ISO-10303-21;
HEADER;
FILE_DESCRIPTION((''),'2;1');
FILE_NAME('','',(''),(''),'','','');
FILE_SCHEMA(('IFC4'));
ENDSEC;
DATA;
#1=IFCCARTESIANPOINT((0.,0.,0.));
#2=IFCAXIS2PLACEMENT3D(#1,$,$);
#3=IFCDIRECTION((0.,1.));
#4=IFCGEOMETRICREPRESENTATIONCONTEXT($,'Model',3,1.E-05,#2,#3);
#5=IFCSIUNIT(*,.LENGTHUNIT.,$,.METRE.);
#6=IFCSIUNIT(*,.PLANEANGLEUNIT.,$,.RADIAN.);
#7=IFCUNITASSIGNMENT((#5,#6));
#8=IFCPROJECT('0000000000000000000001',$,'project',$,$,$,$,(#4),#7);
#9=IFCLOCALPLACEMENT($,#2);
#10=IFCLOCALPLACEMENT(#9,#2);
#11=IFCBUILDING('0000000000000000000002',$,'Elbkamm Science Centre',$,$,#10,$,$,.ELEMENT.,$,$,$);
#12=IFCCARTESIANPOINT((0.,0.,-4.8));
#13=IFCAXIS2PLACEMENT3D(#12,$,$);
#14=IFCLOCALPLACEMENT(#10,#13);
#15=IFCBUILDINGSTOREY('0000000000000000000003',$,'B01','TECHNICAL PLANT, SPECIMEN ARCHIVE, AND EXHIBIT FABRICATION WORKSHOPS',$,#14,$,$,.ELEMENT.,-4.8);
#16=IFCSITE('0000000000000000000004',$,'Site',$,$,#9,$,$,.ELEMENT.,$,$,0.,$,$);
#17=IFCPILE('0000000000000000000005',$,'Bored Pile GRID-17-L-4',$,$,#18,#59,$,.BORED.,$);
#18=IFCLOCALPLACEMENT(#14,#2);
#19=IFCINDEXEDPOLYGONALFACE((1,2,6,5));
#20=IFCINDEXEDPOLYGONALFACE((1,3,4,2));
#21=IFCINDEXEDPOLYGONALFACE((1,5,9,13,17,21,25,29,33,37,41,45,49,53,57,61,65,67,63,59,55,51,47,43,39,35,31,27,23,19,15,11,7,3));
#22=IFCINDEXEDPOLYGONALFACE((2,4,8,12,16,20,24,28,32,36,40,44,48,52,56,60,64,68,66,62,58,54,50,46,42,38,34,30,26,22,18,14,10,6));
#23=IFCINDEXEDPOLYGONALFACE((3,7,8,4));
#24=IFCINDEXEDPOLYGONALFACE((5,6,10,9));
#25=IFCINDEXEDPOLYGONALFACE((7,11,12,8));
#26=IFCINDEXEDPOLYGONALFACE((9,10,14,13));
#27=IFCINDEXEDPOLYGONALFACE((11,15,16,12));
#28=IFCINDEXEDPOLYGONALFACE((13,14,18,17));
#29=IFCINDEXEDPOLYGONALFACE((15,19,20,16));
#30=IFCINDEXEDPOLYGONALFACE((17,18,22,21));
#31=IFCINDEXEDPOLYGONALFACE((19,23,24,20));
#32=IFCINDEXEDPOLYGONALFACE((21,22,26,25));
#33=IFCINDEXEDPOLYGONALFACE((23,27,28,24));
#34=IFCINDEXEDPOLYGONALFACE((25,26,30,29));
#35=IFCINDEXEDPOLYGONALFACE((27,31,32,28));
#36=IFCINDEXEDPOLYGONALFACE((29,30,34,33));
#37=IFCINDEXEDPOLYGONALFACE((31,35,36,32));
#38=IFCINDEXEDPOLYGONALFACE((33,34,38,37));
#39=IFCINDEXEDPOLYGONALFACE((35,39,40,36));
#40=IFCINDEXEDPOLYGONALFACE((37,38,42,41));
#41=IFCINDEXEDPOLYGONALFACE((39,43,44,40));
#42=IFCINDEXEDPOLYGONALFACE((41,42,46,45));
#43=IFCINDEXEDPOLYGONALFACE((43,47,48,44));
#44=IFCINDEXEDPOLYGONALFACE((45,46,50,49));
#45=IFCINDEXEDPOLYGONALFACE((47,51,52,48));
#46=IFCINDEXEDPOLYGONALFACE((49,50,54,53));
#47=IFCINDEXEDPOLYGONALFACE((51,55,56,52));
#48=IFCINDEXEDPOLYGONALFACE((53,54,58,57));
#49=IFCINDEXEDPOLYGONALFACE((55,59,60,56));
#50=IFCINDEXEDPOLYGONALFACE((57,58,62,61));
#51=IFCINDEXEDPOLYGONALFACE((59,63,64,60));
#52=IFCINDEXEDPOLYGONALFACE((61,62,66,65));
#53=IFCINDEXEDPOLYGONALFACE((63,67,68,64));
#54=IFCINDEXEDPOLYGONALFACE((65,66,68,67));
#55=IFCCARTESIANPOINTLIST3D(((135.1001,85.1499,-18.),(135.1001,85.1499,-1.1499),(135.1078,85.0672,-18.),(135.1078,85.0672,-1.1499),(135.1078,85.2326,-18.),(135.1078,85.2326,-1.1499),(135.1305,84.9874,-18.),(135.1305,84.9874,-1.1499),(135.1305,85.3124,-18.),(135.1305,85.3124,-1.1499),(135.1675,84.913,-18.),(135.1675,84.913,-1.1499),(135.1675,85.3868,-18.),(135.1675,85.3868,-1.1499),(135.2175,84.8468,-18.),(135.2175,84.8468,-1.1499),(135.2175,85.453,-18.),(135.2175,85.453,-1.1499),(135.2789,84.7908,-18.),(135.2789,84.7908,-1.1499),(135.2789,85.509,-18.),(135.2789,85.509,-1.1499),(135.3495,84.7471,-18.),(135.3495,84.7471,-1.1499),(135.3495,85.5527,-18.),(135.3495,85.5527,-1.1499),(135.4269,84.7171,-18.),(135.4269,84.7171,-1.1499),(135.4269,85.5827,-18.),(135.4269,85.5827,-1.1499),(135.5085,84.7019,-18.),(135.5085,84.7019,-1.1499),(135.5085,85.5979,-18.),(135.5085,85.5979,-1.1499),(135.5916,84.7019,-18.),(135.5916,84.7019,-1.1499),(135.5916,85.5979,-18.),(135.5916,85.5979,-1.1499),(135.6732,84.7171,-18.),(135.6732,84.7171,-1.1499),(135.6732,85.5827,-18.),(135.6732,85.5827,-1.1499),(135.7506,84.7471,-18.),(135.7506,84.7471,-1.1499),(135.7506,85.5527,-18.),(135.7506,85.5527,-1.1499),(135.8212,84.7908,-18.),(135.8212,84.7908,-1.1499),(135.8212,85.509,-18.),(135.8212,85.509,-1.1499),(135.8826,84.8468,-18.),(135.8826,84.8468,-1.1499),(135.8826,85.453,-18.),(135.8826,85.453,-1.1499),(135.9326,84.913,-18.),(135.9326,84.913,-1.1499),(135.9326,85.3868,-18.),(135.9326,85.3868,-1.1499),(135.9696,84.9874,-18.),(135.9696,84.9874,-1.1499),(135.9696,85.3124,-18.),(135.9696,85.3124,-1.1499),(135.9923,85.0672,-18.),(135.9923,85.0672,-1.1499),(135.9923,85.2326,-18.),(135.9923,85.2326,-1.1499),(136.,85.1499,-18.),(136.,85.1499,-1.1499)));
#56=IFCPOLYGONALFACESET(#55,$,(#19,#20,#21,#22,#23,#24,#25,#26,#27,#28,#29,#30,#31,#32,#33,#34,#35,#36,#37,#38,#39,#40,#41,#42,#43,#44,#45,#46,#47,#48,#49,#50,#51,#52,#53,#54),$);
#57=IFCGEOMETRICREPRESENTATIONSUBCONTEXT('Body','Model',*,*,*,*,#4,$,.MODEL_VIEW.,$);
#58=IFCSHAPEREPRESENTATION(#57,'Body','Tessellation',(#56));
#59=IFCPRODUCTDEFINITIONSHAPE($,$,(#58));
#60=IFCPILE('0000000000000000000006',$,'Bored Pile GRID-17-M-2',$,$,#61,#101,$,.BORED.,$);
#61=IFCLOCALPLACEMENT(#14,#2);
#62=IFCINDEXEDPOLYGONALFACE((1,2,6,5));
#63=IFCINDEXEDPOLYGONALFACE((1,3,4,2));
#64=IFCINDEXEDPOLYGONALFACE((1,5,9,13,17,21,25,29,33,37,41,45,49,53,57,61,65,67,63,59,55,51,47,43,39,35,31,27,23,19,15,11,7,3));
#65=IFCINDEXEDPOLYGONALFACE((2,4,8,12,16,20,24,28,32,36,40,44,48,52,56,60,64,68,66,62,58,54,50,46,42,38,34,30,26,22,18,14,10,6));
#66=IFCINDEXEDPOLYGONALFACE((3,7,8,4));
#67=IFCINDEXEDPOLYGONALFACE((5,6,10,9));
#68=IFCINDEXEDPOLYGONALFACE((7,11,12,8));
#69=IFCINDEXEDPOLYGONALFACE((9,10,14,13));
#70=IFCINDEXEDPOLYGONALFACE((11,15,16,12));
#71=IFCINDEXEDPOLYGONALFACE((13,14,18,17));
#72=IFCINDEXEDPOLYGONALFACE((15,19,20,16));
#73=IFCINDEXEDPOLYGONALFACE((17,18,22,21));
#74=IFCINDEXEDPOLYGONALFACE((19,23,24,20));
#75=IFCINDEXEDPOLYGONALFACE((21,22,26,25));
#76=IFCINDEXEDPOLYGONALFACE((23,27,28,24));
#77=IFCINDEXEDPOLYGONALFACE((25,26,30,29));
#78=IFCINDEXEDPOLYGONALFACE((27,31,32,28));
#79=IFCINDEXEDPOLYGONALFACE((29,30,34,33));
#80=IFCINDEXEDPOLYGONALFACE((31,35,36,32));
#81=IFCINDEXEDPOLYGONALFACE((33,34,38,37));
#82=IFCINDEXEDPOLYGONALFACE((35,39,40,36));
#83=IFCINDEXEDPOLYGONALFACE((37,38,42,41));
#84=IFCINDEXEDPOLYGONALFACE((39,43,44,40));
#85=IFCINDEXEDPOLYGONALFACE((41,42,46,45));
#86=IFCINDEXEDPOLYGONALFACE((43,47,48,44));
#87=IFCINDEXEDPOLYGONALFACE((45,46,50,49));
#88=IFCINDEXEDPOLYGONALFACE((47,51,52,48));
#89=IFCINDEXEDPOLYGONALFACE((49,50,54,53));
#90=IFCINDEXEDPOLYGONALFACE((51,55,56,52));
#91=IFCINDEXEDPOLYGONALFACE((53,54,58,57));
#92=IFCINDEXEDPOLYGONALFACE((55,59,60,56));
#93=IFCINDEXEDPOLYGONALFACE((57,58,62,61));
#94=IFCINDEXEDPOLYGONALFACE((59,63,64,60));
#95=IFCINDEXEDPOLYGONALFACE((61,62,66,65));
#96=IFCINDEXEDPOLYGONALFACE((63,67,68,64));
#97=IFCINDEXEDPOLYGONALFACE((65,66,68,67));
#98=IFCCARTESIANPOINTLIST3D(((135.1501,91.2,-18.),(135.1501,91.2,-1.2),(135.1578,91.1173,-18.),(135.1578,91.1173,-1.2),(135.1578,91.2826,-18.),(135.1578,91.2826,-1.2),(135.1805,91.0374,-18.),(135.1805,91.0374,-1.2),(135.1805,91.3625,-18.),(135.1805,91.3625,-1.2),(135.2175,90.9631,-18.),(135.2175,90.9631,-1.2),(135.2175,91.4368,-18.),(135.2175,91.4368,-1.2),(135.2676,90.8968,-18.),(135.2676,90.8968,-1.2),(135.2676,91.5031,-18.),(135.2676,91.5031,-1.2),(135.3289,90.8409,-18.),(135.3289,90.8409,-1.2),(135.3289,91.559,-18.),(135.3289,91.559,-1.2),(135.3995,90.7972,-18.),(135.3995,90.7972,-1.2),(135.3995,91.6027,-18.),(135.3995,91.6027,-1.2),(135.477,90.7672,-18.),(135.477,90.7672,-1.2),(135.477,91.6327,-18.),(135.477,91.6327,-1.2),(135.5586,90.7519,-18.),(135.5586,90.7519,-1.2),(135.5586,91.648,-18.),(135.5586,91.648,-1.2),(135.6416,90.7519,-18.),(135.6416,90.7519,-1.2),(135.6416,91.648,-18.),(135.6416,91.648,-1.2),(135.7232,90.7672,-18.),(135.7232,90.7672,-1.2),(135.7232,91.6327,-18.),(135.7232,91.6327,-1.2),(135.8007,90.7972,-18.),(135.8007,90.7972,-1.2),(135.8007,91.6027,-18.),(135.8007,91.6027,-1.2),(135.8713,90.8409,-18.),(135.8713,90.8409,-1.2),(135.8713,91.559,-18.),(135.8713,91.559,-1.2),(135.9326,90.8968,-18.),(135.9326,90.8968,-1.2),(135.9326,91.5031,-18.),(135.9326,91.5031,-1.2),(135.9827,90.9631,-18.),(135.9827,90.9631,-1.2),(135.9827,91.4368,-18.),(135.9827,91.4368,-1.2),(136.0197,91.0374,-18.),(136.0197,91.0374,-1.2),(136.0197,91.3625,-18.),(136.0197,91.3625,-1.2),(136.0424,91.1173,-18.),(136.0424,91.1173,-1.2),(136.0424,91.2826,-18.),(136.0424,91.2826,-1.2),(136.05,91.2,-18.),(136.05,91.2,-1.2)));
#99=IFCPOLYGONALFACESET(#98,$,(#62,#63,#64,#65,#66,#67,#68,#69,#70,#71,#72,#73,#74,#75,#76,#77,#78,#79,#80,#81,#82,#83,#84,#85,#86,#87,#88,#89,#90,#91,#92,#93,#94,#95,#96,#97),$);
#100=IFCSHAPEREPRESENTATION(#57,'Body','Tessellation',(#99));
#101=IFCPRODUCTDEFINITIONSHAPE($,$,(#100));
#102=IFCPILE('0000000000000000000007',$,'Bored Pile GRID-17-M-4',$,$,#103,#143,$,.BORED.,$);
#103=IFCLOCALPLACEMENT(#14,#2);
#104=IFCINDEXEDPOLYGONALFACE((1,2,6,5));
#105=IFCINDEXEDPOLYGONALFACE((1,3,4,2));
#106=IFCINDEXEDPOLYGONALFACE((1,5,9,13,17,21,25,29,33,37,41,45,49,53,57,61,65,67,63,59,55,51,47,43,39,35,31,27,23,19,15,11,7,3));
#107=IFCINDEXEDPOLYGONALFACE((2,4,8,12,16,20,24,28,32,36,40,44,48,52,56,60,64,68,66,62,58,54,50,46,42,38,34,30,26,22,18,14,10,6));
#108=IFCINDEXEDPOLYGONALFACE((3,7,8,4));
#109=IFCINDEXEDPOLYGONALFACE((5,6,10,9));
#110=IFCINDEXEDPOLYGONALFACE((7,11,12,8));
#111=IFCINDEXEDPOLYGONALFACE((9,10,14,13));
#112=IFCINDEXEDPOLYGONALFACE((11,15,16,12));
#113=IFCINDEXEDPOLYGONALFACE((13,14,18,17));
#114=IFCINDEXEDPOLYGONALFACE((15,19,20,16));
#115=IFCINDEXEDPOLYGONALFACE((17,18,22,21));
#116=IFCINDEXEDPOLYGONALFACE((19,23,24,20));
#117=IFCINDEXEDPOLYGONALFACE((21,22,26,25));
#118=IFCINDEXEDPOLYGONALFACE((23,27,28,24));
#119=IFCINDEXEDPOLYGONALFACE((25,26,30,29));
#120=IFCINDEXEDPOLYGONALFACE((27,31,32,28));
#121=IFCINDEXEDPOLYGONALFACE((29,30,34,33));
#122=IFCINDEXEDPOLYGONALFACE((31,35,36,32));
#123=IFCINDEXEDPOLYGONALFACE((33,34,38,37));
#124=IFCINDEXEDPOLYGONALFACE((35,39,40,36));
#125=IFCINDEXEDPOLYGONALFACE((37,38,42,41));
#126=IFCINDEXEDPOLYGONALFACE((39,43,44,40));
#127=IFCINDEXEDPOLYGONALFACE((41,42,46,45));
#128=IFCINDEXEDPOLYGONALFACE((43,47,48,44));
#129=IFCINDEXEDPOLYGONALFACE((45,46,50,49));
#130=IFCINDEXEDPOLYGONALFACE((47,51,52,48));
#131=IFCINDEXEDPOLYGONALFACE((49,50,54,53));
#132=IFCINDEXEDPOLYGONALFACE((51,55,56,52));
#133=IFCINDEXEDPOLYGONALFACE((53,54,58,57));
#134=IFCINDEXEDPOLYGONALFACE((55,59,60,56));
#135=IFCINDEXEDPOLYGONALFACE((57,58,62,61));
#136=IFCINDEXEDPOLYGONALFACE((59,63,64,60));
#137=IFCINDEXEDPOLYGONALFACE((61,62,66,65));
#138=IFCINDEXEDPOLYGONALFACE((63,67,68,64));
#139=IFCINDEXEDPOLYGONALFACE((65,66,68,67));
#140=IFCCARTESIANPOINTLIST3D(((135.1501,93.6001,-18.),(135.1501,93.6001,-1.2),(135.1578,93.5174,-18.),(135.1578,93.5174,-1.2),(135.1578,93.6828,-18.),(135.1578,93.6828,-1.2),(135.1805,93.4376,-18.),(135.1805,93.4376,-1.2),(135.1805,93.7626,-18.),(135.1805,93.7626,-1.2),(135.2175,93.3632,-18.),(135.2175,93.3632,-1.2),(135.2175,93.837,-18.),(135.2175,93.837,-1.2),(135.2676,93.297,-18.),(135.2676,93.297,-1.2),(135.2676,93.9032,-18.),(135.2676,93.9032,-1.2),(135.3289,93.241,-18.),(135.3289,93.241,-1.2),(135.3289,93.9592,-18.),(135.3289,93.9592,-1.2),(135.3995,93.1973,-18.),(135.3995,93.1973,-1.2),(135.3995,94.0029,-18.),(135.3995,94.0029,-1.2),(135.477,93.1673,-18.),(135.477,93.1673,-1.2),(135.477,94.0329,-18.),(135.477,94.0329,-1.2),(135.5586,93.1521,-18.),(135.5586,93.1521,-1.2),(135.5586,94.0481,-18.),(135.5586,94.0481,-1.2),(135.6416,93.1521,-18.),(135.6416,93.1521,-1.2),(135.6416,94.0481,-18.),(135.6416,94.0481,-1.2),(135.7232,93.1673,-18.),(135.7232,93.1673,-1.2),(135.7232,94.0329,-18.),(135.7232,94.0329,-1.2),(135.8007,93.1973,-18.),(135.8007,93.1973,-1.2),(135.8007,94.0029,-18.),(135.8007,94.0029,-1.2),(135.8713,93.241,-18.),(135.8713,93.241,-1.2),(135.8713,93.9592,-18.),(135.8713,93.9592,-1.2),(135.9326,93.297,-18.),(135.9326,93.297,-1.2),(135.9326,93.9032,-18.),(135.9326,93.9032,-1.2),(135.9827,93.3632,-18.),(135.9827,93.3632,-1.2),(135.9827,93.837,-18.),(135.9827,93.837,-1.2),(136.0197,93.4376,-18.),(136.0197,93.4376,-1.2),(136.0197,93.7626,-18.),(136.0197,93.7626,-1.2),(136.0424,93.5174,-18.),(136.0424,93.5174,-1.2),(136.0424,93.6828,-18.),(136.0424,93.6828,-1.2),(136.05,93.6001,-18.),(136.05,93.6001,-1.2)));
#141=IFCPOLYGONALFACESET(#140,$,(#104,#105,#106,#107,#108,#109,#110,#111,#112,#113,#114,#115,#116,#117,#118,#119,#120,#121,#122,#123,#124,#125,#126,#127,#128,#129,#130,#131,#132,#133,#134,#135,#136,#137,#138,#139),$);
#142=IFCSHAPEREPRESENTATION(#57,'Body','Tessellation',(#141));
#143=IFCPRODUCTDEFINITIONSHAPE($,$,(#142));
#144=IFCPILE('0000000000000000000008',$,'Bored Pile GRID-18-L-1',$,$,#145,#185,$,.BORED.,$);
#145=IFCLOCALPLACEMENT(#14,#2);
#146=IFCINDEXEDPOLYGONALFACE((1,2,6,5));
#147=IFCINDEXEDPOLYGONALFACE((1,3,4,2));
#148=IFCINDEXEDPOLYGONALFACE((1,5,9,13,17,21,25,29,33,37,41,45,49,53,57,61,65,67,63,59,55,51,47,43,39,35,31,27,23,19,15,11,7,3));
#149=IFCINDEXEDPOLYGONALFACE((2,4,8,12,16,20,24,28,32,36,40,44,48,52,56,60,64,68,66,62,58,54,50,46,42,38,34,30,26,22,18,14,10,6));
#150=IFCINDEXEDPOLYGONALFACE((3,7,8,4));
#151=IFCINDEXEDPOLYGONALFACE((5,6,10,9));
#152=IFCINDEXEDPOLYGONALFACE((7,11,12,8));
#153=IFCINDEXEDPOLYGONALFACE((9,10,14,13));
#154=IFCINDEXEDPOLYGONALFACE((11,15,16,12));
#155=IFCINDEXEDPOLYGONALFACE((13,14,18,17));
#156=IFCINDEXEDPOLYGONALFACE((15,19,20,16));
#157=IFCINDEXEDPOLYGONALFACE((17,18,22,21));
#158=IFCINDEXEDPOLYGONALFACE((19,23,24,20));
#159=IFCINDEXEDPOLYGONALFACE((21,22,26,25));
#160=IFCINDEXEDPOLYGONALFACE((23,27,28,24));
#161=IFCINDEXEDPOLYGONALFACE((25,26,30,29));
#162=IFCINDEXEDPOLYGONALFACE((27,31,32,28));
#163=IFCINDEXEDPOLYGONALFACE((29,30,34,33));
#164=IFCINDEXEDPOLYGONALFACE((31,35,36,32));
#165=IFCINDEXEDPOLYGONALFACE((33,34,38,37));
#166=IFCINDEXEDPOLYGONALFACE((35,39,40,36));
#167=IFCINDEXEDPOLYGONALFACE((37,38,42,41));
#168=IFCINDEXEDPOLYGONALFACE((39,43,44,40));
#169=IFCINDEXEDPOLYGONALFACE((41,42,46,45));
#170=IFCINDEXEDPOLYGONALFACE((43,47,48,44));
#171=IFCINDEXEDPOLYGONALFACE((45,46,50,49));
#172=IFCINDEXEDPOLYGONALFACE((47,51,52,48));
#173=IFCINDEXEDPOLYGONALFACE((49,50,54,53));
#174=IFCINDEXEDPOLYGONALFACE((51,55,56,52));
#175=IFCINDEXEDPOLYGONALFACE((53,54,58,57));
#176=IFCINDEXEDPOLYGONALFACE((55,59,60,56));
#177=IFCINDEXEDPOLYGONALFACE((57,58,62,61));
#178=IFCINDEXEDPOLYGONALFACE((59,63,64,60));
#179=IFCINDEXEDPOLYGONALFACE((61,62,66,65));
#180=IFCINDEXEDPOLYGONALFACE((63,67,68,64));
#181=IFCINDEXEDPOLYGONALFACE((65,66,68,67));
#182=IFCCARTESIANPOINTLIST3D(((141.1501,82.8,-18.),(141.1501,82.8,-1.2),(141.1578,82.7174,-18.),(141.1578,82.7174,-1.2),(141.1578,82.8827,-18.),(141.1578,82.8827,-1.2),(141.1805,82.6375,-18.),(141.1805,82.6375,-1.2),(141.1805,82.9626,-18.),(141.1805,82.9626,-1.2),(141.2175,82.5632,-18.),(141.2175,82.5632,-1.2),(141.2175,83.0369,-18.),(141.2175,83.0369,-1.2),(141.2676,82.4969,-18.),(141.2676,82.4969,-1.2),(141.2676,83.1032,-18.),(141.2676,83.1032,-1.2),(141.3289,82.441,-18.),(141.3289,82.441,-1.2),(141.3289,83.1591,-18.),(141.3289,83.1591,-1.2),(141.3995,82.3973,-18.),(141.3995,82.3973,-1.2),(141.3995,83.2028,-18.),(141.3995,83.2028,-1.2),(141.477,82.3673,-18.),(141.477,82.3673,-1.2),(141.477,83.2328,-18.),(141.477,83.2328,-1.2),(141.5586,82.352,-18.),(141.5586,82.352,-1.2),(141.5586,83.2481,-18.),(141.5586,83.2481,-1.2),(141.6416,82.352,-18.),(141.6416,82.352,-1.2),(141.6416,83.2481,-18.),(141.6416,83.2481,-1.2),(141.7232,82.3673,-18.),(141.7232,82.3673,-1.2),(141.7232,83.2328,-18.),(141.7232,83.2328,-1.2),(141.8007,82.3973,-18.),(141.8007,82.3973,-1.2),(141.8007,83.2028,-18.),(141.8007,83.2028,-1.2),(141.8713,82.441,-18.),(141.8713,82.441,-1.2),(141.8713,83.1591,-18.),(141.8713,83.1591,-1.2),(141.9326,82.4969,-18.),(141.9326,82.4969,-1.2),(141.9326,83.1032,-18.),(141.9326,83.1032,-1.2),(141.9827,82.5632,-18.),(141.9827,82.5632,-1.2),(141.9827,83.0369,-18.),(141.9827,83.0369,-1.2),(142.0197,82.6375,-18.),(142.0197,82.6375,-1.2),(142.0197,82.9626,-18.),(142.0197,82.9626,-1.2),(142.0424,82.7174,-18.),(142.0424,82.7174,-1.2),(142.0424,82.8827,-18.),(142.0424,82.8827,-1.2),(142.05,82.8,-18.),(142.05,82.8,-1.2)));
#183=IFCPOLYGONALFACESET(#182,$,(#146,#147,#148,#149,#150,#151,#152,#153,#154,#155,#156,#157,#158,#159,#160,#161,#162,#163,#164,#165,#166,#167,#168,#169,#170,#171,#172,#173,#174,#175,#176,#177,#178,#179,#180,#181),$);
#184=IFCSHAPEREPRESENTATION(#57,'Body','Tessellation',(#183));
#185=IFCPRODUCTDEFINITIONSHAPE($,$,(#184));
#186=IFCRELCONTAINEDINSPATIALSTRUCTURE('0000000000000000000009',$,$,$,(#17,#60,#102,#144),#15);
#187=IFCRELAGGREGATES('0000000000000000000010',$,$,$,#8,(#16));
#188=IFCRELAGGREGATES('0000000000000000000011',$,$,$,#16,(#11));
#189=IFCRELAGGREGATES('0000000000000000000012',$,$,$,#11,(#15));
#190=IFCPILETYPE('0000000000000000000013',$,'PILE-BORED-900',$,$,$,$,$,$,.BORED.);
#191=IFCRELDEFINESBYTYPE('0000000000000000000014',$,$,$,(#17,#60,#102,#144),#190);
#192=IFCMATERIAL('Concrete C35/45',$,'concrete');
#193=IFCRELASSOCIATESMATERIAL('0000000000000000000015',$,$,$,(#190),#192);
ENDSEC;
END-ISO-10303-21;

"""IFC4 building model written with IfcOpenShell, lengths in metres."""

from ifc_helpers import new_model, si_unit, direction, frame, origin, origin_2d, place, context, subcontext, project, spatial, circle, extrude, material, material_profile, profile_set, type_object, element, save


model = new_model("IFC4")

# Units and contexts
model_context = context("Model", 3, precision=1e-05, world=origin(), true_north=direction((0.0, 1.0)))
body_context = subcontext(model_context, "Body", "Model", "MODEL_VIEW")
ifc_project = project(units=[si_unit("LENGTHUNIT", "METRE"), si_unit("PLANEANGLEUNIT", "RADIAN")], contexts=[model_context])

# Site, building, storey
site_placement = place(None, origin())
site = spatial("IfcSite", under=ifc_project, at=site_placement, Name="Site", CompositionType="ELEMENT", RefElevation=0.0)
building_placement = place(site_placement, origin())
building = spatial("IfcBuilding", under=site, at=building_placement, Name="Elbkamm Science Centre", CompositionType="ELEMENT")
storey_placement = place(building_placement, frame((0.0, 0.0, -4.8)))
storey = spatial("IfcBuildingStorey", under=building, at=storey_placement, Name="B01", Description="TECHNICAL PLANT, SPECIMEN ARCHIVE, AND EXHIBIT FABRICATION WORKSHOPS", CompositionType="ELEMENT", Elevation=-4.8)

# Shared definitions
ifc_material_1 = material(Name="Concrete C35/45", Category="concrete")

# Piles
ifc_material_profile_1 = material_profile(ifc_material_1, circle(Radius=0.45, at=origin_2d()), Name="PILE D900")
ifc_profile_set_1 = profile_set([ifc_material_profile_1], Name="Concrete C35/45")
pile_type = type_object("IfcPileType", Name="PILE-BORED-900", PredefinedType="BORED", material=ifc_profile_set_1)
for number, where, z_axis, x_axis, name in (
    (1, (135.55, 85.1499, -1.1499), (0.0, 0.0, -1.0), (1.0, 0.0, 0.0), "Bored Pile GRID-17-L-4"),
):
    element("IfcPile", number, at=place(storey_placement, frame(where, z_axis=z_axis, x_axis=x_axis)), inside=storey, type_object=pile_type, Name=name, PredefinedType="BORED", context=body_context, shape_type="SweptSolid", body=[
        extrude(circle(Radius=0.45, at=origin_2d()), origin(), (0.0, 0.0, 1.0), 16.8501),
    ])
for number, where, z_axis, x_axis, name in (
    (2, (135.6001, 91.2, -1.2), (0.0, 0.0, -1.0), (1.0, 0.0, 0.0), "Bored Pile GRID-17-M-2"),
    (3, (135.6001, 93.6001, -1.2), (0.0, 0.0, -1.0), (1.0, 0.0, 0.0), "Bored Pile GRID-17-M-4"),
    (4, (141.6001, 82.8, -1.2), (0.0, 0.0, -1.0), (1.0, 0.0, 0.0), "Bored Pile GRID-18-L-1"),
):
    element("IfcPile", number, at=place(storey_placement, frame(where, z_axis=z_axis, x_axis=x_axis)), inside=storey, type_object=pile_type, Name=name, PredefinedType="BORED", context=body_context, shape_type="SweptSolid", body=[
        extrude(circle(Radius=0.45, at=origin_2d()), origin(), (0.0, 0.0, 1.0), 16.8),
    ])

save(model, "model.ifc")
